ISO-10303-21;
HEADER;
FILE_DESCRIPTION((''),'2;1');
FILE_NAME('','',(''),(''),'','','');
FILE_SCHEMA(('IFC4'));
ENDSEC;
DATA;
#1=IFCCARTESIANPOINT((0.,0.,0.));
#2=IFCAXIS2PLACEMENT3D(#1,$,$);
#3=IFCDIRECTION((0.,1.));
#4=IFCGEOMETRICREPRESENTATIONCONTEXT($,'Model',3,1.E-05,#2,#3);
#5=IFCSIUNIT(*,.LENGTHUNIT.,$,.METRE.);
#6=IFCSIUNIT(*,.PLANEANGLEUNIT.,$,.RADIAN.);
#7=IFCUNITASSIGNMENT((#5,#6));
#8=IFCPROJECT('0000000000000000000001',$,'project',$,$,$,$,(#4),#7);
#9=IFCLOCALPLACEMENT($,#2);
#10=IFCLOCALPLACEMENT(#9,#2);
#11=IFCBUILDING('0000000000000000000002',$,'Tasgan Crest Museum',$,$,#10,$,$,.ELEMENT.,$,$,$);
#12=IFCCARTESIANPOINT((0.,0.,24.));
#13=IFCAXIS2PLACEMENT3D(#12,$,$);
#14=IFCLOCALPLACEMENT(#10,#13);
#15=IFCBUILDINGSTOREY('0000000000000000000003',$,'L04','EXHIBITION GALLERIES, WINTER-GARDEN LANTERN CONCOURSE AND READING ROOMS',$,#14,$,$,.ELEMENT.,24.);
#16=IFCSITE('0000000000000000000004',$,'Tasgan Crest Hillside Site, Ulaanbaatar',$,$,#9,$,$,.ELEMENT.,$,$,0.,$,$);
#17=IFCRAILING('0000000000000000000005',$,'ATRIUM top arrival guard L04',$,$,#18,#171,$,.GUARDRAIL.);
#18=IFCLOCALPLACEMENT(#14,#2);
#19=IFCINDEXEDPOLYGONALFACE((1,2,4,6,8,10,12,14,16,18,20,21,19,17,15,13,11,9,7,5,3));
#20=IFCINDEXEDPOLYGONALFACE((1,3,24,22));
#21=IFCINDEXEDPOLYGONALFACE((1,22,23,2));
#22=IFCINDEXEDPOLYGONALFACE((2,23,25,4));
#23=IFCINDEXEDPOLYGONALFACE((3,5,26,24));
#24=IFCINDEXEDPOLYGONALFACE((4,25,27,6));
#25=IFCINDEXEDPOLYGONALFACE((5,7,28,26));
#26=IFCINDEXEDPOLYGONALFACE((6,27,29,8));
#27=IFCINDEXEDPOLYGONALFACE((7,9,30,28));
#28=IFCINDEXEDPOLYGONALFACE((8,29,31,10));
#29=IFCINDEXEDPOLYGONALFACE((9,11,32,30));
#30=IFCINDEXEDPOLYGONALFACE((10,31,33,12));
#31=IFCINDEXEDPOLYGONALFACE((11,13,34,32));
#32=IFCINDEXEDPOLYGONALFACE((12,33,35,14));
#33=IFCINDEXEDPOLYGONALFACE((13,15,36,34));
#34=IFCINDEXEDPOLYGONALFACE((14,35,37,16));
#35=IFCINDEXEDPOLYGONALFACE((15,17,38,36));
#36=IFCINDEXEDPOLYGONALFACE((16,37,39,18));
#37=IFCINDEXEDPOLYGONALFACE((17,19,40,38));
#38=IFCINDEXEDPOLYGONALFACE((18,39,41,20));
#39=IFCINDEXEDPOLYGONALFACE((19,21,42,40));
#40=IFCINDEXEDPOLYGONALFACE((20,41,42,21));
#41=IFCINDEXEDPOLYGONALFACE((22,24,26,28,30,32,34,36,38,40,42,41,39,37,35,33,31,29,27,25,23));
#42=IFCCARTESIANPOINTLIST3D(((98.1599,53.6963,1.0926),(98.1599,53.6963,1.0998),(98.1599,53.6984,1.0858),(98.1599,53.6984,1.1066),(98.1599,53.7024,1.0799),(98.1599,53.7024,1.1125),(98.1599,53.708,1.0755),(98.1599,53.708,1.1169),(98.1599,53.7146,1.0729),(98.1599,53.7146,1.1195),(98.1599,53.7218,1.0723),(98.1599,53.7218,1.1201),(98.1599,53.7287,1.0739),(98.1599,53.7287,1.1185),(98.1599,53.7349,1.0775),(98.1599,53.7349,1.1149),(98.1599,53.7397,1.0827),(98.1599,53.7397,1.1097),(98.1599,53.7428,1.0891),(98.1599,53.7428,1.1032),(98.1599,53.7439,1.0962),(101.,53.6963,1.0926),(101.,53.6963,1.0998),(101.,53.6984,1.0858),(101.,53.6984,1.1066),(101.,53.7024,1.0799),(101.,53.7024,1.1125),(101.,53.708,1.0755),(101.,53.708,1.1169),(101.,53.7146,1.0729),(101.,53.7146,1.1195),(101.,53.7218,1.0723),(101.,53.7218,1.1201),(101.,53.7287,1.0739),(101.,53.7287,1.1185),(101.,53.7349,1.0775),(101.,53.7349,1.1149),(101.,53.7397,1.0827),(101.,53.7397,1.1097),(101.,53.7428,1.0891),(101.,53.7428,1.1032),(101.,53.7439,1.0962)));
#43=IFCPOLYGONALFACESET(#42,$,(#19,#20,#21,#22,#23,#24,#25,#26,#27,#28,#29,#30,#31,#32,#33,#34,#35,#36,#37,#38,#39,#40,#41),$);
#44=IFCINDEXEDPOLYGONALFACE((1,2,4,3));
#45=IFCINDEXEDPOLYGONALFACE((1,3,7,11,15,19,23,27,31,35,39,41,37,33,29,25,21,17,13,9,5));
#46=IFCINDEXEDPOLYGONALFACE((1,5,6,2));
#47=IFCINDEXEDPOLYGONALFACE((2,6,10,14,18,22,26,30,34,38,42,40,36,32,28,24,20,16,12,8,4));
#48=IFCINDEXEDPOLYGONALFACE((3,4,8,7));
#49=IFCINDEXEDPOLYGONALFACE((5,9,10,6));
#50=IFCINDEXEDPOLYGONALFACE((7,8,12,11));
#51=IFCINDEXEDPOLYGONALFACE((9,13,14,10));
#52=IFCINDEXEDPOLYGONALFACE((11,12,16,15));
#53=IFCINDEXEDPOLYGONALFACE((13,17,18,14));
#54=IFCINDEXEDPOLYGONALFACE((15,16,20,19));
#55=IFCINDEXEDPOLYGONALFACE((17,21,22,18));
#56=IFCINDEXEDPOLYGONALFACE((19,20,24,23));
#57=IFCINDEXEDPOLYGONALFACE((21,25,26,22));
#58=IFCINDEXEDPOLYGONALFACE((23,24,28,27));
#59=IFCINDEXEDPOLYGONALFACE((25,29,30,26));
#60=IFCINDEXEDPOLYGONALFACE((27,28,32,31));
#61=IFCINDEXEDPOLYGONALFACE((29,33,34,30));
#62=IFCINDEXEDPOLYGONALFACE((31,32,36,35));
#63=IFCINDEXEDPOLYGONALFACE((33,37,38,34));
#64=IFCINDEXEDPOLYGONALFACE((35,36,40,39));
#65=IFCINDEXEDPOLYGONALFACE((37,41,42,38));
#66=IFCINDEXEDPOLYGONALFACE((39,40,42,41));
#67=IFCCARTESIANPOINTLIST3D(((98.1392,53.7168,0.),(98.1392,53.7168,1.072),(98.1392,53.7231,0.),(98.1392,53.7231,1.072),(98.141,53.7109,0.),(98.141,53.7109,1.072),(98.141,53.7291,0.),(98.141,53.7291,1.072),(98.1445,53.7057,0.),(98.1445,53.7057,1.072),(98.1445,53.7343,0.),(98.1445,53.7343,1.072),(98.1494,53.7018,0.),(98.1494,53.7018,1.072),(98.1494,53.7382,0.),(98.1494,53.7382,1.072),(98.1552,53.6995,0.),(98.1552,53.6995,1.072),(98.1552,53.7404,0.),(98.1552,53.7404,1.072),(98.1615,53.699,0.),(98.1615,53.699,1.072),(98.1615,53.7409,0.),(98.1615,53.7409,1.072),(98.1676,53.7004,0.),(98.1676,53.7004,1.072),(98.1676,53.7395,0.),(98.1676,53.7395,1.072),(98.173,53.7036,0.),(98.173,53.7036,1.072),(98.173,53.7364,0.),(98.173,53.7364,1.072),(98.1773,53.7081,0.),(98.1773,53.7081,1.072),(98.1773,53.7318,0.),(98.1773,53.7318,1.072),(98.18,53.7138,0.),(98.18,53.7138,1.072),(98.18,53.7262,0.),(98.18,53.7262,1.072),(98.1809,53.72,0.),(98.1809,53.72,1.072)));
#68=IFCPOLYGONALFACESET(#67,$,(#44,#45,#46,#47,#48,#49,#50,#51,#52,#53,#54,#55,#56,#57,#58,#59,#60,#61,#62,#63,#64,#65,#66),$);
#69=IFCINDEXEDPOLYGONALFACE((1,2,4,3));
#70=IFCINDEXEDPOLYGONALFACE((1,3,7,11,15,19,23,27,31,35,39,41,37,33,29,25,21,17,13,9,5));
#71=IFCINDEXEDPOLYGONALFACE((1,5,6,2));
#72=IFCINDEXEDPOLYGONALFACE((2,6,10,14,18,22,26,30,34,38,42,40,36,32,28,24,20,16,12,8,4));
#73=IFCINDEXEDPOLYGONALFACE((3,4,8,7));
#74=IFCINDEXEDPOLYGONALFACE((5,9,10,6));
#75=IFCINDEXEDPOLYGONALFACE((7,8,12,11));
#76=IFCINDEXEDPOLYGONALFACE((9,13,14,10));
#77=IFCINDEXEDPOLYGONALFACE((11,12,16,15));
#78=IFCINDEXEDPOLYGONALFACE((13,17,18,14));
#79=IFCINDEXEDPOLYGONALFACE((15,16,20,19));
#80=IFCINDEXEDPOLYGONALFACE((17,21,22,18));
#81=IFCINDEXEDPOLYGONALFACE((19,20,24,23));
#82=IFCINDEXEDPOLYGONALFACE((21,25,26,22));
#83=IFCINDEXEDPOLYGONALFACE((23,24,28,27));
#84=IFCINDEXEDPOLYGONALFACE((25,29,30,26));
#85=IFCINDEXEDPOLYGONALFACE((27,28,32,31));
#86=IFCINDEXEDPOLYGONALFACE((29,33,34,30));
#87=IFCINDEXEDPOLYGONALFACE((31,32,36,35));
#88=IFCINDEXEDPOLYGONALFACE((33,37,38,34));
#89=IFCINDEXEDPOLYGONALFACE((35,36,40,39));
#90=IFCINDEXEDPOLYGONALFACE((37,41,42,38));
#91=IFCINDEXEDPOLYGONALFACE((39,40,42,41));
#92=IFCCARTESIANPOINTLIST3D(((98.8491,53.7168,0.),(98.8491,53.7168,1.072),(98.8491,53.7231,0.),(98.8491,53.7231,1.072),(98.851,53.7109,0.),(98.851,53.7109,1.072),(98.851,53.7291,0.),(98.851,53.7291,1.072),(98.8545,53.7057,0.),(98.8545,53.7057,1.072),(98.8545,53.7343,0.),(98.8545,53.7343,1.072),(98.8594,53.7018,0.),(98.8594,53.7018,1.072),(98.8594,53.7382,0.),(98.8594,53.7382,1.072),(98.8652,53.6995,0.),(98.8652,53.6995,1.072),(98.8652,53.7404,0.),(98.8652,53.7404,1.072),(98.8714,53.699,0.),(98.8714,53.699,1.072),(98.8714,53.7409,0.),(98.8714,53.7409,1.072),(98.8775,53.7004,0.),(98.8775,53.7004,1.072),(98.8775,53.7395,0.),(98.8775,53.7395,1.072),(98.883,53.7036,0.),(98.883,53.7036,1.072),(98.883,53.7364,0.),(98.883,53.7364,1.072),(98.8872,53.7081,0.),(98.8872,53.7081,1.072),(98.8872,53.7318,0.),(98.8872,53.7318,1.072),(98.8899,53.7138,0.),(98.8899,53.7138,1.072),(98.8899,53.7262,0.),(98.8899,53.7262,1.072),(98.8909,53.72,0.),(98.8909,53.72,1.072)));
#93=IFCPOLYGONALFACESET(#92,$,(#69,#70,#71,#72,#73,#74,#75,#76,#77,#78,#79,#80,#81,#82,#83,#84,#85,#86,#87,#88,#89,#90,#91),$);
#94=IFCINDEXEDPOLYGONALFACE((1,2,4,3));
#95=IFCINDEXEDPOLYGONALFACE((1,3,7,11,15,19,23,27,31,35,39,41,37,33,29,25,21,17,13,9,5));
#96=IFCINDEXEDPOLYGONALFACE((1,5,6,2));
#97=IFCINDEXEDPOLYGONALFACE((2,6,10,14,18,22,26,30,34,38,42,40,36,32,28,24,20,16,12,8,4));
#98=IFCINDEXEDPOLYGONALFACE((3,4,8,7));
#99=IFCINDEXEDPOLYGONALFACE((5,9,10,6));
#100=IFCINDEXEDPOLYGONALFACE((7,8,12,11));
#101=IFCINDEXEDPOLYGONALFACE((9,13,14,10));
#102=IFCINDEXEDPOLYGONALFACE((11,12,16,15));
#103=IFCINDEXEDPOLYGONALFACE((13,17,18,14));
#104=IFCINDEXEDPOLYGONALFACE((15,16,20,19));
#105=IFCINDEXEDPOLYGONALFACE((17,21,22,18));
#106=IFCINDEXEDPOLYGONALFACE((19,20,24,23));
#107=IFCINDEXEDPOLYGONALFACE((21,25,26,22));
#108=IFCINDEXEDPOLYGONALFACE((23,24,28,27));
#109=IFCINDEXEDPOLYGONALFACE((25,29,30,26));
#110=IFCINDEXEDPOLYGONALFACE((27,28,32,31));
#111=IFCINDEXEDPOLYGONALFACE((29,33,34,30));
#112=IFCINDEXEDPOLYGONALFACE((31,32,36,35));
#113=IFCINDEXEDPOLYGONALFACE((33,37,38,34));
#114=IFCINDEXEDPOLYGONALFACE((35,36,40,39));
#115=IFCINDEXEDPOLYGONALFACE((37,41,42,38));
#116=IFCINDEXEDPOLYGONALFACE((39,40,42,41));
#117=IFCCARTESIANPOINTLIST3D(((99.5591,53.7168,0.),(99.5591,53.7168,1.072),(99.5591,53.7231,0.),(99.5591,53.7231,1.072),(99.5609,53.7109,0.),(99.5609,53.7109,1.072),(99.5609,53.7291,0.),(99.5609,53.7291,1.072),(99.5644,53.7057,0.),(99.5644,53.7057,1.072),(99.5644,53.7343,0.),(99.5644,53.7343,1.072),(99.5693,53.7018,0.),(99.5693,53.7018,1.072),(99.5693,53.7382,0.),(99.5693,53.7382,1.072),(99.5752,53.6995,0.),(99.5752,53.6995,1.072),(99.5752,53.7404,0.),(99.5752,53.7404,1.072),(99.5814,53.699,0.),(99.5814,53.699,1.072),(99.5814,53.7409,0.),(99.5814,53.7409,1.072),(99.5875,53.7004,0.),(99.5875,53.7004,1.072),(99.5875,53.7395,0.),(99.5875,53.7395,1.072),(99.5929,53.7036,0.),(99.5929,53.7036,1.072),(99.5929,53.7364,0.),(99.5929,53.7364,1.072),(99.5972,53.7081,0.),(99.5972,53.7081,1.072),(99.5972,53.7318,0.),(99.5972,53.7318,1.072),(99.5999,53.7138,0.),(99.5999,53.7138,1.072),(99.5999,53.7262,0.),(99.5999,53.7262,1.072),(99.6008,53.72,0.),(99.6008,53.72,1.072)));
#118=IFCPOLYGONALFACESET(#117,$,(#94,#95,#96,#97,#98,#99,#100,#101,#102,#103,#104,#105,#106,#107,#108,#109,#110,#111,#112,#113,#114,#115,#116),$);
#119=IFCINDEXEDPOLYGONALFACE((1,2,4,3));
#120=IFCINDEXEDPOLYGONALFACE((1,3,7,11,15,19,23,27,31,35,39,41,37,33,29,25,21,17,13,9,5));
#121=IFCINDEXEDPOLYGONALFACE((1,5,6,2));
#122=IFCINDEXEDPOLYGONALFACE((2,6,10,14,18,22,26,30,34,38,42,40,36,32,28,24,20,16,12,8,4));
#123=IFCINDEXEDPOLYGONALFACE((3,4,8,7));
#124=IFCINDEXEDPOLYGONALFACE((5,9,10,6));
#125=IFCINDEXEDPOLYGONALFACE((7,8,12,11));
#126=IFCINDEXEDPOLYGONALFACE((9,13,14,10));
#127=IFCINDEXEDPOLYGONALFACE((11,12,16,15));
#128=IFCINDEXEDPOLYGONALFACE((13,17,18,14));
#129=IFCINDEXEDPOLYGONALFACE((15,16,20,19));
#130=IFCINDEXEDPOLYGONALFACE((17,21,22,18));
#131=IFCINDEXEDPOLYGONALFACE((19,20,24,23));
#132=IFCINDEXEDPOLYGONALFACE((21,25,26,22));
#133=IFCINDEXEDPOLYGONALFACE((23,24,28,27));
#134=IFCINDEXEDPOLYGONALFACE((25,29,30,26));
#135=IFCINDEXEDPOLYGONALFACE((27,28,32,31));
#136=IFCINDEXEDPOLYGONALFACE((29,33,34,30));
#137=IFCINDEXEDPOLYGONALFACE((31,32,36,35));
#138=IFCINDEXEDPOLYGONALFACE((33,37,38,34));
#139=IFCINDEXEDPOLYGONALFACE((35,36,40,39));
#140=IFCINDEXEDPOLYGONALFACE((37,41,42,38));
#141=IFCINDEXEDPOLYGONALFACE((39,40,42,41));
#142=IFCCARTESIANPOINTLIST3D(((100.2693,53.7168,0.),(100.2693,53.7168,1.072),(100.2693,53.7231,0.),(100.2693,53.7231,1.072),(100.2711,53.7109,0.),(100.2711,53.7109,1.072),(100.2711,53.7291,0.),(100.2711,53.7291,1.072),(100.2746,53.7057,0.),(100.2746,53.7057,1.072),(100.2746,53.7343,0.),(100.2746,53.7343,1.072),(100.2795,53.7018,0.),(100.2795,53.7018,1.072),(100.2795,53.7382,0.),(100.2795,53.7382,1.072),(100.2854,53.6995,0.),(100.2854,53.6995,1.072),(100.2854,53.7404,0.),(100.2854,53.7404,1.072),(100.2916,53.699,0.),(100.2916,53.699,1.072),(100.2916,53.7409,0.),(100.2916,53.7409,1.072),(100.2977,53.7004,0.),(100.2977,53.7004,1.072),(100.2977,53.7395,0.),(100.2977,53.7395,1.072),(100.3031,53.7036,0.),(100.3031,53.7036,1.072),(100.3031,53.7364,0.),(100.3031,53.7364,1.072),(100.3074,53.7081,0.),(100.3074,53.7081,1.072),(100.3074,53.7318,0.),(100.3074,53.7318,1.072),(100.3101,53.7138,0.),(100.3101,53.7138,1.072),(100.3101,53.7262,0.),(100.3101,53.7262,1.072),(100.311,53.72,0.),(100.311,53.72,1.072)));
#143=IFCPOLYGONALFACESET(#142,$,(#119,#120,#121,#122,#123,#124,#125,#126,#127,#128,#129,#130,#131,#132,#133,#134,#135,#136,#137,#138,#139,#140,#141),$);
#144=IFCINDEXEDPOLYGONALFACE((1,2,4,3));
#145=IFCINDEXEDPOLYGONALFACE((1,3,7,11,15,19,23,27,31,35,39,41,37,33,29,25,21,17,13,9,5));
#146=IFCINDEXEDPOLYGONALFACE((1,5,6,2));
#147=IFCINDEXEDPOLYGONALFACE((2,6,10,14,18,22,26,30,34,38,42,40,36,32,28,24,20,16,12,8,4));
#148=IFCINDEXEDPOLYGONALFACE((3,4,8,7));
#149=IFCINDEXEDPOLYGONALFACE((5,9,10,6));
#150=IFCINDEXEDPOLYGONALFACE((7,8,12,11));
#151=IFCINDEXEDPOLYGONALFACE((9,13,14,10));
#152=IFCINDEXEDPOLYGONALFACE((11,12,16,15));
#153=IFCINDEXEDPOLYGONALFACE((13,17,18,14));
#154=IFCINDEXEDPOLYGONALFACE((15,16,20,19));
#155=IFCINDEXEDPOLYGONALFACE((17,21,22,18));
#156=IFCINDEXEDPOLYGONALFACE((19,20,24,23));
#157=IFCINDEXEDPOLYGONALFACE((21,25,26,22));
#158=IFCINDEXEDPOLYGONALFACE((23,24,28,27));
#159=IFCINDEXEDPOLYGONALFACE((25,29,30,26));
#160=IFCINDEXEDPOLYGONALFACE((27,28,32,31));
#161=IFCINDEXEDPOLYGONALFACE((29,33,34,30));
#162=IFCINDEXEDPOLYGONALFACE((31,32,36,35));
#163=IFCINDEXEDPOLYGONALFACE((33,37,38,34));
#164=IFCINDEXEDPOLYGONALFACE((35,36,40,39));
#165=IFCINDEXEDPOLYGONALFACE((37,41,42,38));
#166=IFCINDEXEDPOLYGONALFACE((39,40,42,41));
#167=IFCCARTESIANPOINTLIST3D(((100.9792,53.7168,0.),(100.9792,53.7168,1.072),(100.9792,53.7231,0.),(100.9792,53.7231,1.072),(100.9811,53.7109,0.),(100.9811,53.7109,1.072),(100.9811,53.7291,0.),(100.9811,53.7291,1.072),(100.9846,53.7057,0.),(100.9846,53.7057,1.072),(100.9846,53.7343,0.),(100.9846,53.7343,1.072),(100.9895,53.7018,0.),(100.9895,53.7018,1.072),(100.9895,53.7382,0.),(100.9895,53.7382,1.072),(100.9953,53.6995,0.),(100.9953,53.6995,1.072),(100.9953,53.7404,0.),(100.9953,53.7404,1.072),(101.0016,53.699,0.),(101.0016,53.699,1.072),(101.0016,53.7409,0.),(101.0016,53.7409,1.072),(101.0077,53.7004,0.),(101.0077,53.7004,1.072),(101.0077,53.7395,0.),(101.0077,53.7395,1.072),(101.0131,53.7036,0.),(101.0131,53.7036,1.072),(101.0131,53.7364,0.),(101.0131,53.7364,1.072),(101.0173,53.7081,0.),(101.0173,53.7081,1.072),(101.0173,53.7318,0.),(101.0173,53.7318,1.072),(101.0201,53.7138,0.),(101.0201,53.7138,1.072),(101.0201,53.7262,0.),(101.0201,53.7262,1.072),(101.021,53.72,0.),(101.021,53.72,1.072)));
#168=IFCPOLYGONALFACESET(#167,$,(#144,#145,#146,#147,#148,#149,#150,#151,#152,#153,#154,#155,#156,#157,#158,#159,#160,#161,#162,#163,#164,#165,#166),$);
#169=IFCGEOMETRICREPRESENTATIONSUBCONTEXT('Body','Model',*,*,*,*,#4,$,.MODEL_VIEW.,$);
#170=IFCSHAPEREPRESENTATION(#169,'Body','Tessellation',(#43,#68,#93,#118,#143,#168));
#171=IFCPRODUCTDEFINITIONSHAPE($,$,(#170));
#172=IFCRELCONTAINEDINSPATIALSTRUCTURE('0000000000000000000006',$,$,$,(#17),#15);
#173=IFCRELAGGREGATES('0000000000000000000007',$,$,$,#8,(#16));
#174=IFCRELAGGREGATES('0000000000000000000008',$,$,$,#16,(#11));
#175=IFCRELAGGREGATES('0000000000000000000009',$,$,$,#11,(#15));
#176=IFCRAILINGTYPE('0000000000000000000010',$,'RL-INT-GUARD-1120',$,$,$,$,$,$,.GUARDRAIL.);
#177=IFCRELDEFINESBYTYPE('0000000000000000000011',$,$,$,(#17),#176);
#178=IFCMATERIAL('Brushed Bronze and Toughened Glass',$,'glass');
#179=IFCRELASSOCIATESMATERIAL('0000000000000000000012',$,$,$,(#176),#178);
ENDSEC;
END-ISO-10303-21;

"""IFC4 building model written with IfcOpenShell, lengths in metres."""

from ifc_helpers import new_model, si_unit, direction, frame, origin, origin_2d, place, context, subcontext, project, spatial, circle, extrude, material, type_object, element, save


model = new_model("IFC4")

# Units and contexts
model_context = context("Model", 3, precision=1e-05, world=origin(), true_north=direction((0.0, 1.0)))
body_context = subcontext(model_context, "Body", "Model", "MODEL_VIEW")
ifc_project = project(units=[si_unit("LENGTHUNIT", "METRE"), si_unit("PLANEANGLEUNIT", "RADIAN")], contexts=[model_context])

# Site, building, storey
site_placement = place(None, origin())
site = spatial("IfcSite", under=ifc_project, at=site_placement, Name="Tasgan Crest Hillside Site, Ulaanbaatar", CompositionType="ELEMENT", RefElevation=0.0)
building_placement = place(site_placement, origin())
building = spatial("IfcBuilding", under=site, at=building_placement, Name="Tasgan Crest Museum", CompositionType="ELEMENT")
storey_placement = place(building_placement, frame((0.0, 0.0, 24.0)))
storey = spatial("IfcBuildingStorey", under=building, at=storey_placement, Name="L04", Description="EXHIBITION GALLERIES, WINTER-GARDEN LANTERN CONCOURSE AND READING ROOMS", CompositionType="ELEMENT", Elevation=24.0)

# Railing
ifc_material_1 = material(Name="Brushed Bronze and Toughened Glass", Category="glass")
railing_type = type_object("IfcRailingType", Name="RL-INT-GUARD-1120", PredefinedType="GUARDRAIL", material=ifc_material_1)
railing_placement = place(storey_placement, frame((98.1599, 53.72, 0.0)))
element("IfcRailing", 1, at=railing_placement, inside=storey, type_object=railing_type, Name="ATRIUM top arrival guard L04", PredefinedType="GUARDRAIL", context=body_context, shape_type="SweptSolid", body=[
    extrude(circle(Radius=0.0239, at=origin_2d()), frame((0.0, 0.0, 1.0962), z_axis=(1.0, 0.0, 0.0), x_axis=(0.0, 1.0, 0.0)), (0.0, 0.0, 1.0), 2.8401),
    extrude(circle(Radius=0.021, at=origin_2d()), origin(), (0.0, 0.0, 1.0), 1.072),
    extrude(circle(Radius=0.021, at=origin_2d()), frame((0.71, 0.0, 0.0)), (0.0, 0.0, 1.0), 1.072),
    extrude(circle(Radius=0.021, at=origin_2d()), frame((1.4199, 0.0, 0.0)), (0.0, 0.0, 1.0), 1.072),
    extrude(circle(Radius=0.021, at=origin_2d()), frame((2.1301, 0.0, 0.0)), (0.0, 0.0, 1.0), 1.072),
    extrude(circle(Radius=0.021, at=origin_2d()), frame((2.8401, 0.0, 0.0)), (0.0, 0.0, 1.0), 1.072),
])

save(model, "model.ifc")
